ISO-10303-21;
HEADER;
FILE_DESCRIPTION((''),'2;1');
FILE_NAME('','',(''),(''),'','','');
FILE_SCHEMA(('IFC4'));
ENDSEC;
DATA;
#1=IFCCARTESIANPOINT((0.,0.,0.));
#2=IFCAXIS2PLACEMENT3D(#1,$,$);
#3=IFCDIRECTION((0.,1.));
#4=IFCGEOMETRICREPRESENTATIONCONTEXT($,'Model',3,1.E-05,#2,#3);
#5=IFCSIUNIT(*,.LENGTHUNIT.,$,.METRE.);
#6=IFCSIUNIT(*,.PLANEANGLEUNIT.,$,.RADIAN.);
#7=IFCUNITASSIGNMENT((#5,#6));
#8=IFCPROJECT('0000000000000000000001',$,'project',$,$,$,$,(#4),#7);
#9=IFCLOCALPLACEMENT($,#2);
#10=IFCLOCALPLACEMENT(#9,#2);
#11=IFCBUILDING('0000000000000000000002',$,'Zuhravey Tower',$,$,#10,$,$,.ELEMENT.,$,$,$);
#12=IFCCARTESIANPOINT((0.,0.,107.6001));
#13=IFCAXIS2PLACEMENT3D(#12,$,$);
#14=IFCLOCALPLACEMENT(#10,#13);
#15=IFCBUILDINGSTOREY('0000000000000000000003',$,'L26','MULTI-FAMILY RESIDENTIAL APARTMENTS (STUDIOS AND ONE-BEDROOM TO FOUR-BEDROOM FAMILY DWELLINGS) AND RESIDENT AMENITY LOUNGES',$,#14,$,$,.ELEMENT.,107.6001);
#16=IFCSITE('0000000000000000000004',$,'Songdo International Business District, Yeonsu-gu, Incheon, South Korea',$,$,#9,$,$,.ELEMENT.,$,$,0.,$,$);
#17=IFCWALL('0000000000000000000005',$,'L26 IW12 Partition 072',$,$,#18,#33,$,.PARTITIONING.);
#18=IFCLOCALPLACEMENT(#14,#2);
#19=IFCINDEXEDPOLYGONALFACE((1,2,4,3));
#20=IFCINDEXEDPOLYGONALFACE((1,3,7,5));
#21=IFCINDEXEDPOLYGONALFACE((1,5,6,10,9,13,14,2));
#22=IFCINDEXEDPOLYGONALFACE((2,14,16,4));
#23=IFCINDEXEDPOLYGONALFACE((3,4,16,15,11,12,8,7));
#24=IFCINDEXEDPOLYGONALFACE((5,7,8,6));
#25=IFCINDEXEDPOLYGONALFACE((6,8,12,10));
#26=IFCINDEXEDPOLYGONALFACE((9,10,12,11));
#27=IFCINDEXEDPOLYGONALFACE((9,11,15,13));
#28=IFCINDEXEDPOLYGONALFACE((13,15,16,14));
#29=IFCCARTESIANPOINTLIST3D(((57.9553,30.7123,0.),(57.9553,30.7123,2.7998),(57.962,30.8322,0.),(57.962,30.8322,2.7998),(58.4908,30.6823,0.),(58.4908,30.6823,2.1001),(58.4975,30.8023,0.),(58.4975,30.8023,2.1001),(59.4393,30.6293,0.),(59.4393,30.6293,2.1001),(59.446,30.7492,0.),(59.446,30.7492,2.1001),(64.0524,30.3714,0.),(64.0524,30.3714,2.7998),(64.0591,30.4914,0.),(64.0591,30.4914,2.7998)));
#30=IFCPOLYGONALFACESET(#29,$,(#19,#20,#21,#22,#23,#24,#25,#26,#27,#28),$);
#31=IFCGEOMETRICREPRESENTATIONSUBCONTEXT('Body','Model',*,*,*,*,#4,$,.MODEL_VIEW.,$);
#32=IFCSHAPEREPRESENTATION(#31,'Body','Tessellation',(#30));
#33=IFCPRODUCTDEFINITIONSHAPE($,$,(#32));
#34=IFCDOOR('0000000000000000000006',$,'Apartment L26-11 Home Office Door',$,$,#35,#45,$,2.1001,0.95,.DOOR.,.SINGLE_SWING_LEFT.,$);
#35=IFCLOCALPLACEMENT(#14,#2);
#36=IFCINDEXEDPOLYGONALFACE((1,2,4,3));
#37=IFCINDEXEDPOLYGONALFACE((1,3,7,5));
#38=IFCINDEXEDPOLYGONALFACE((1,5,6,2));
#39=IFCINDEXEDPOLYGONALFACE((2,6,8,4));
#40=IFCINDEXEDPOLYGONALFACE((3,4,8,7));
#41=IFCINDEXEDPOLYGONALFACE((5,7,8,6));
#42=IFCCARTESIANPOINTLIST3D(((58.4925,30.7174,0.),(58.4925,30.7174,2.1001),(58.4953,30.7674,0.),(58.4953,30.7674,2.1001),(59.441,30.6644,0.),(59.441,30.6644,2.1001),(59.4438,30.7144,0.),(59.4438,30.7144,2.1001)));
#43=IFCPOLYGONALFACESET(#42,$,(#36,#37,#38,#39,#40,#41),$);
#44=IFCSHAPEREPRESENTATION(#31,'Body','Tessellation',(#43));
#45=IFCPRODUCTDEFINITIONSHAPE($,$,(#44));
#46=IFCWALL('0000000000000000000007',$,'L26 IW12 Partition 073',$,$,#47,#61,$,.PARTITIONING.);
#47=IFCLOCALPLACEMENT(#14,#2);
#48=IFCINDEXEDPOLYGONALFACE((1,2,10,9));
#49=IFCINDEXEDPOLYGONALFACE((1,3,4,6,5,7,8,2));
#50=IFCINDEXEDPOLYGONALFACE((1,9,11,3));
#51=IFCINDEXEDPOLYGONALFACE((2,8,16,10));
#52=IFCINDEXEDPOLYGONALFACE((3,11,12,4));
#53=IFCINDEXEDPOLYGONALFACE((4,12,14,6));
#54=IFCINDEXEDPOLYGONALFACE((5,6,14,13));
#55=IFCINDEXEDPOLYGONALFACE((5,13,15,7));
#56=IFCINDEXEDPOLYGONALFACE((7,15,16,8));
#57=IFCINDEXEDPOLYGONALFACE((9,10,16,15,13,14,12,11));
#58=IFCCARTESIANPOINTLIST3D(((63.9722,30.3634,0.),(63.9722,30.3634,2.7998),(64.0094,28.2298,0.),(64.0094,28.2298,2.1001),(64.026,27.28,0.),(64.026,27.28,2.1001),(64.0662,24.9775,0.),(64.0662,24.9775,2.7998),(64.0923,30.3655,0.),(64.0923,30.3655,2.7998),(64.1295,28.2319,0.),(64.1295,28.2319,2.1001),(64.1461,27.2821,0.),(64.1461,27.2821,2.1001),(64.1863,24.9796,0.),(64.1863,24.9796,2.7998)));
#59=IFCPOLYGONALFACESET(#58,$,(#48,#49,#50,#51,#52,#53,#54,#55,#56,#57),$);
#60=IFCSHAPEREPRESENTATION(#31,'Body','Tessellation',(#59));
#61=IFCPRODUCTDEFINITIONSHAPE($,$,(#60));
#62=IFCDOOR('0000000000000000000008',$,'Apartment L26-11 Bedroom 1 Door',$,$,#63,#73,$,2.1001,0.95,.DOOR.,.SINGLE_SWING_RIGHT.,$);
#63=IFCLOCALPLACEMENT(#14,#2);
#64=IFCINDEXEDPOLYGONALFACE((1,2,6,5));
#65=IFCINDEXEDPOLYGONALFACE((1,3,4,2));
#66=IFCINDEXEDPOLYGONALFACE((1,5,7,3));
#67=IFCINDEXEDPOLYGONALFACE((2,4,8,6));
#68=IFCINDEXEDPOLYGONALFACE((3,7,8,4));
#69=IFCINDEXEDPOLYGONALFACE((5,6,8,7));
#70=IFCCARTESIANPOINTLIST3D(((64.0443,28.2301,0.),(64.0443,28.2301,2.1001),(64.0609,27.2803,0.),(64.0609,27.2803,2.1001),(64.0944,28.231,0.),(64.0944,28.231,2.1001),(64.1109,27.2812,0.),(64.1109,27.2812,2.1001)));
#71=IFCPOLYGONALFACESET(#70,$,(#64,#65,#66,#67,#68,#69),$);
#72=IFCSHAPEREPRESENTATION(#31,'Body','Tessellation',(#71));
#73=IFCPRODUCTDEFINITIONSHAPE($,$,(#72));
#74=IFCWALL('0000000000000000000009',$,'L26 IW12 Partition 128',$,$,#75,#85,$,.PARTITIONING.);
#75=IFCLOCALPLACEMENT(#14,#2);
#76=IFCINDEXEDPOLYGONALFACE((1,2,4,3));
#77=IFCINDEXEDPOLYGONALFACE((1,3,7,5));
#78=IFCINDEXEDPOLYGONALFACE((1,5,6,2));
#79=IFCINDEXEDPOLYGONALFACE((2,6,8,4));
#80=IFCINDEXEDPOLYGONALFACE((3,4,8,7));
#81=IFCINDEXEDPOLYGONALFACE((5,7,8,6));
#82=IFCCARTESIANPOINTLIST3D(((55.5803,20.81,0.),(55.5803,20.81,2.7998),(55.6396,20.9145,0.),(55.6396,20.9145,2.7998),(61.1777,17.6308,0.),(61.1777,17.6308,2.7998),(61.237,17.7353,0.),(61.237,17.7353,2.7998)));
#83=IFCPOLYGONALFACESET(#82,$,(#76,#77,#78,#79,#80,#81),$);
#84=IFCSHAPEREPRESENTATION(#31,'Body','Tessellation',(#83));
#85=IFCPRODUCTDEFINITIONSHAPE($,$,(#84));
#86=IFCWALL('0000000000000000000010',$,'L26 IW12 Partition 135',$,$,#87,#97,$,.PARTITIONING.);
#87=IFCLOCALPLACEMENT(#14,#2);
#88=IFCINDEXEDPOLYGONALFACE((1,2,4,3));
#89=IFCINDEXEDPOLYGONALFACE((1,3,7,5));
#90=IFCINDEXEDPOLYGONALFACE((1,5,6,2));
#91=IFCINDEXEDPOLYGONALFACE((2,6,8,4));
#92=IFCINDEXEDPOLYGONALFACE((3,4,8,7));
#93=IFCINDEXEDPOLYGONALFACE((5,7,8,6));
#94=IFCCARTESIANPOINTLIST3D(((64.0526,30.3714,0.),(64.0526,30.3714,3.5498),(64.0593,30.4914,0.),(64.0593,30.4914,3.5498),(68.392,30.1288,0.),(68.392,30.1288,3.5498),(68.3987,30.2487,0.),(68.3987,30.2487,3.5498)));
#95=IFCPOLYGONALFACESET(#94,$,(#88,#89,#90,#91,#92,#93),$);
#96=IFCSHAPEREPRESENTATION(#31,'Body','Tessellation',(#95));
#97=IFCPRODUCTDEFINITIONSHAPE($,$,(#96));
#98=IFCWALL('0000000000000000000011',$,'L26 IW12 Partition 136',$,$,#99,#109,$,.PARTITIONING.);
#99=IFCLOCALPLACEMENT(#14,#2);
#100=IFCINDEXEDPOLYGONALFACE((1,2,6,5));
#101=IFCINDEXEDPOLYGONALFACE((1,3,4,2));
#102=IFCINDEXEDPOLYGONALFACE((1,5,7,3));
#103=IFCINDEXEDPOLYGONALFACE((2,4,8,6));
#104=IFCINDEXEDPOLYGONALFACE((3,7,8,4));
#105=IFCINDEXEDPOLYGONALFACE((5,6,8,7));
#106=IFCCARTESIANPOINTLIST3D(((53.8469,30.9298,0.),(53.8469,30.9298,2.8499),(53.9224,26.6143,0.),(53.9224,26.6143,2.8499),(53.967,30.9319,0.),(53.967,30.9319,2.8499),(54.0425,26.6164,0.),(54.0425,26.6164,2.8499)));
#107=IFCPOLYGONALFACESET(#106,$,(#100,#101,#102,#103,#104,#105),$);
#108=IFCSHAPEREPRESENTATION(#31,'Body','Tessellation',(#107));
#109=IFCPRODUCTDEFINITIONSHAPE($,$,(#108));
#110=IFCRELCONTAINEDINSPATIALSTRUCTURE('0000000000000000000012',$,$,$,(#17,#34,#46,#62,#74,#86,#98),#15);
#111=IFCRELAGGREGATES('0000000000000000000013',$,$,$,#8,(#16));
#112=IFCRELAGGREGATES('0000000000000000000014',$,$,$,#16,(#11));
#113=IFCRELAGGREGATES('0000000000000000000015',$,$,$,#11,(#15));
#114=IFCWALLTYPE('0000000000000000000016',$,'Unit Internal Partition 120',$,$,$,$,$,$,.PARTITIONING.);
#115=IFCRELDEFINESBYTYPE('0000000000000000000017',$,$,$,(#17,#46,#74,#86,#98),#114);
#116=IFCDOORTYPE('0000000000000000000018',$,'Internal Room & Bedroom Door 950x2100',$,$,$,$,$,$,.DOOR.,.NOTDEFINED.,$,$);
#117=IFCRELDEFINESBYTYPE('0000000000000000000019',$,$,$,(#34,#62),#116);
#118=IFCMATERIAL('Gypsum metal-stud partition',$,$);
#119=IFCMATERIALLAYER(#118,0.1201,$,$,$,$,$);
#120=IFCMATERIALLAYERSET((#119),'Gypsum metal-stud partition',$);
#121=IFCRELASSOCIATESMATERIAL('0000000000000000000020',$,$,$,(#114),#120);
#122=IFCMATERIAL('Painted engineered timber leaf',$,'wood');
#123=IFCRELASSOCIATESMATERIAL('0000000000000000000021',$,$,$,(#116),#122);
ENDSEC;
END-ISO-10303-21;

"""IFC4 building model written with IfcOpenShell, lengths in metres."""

from ifc_helpers import new_model, si_unit, direction, frame, frame_2d, origin, place, context, subcontext, project, spatial, rectangle, extrude, material, layer, layer_set, type_object, element, fill, save


model = new_model("IFC4")

# Units and contexts
model_context = context("Model", 3, precision=1e-05, world=origin(), true_north=direction((0.0, 1.0)))
body_context = subcontext(model_context, "Body", "Model", "MODEL_VIEW")
ifc_project = project(units=[si_unit("LENGTHUNIT", "METRE"), si_unit("PLANEANGLEUNIT", "RADIAN")], contexts=[model_context])

# Site, building, storey
site_placement = place(None, origin())
site = spatial("IfcSite", under=ifc_project, at=site_placement, Name="Songdo International Business District, Yeonsu-gu, Incheon, South Korea", CompositionType="ELEMENT", RefElevation=0.0)
building_placement = place(site_placement, origin())
building = spatial("IfcBuilding", under=site, at=building_placement, Name="Zuhravey Tower", CompositionType="ELEMENT")
storey_placement = place(building_placement, frame((0.0, 0.0, 107.6001)))
storey = spatial("IfcBuildingStorey", under=building, at=storey_placement, Name="L26", Description="MULTI-FAMILY RESIDENTIAL APARTMENTS (STUDIOS AND ONE-BEDROOM TO FOUR-BEDROOM FAMILY DWELLINGS) AND RESIDENT AMENITY LOUNGES", CompositionType="ELEMENT", Elevation=107.6001)

# Shared definitions
ifc_material_1 = material(Name="Gypsum metal-stud partition")
ifc_layer_1 = layer(ifc_material_1, 0.1201)
ifc_layer_set_1 = layer_set([ifc_layer_1], Name="Gypsum metal-stud partition")
wall_type = type_object("IfcWallType", Name="Unit Internal Partition 120", PredefinedType="PARTITIONING", material=ifc_layer_set_1)

# Shared definitions
ifc_material_2 = material(Name="Painted engineered timber leaf", Category="wood")
door_type = type_object("IfcDoorType", Name="Internal Room & Bedroom Door 950x2100", OperationType="NOTDEFINED", PredefinedType="DOOR", material=ifc_material_2)

# Walls, openings, doors
wall_1_placement = place(storey_placement, frame((57.9587, 30.7722, 0.0), z_axis=(0.0, 0.0, 1.0), x_axis=(0.998441, -0.055811, 0.0)))
wall_1 = element("IfcWall", 1, at=wall_1_placement, inside=storey, type_object=wall_type, Name="L26 IW12 Partition 072", PredefinedType="PARTITIONING", context=body_context, shape_type="SweptSolid", body=[
    extrude(rectangle(XDim=6.1067, YDim=0.1201, at=frame_2d((3.0532, 0.0))), origin(), (0.0, 0.0, 1.0), 2.7998),
])
opening_1_placement = place(wall_1_placement, frame((0.5361, 0.0, 0.0)))
opening_1 = element("IfcOpeningElement", 2, at=opening_1_placement, cuts=wall_1, PredefinedType="OPENING", context=body_context, shape_type="SweptSolid", body=[
    extrude(rectangle(XDim=0.95, YDim=2.1001, at=frame_2d((0.4751, 1.05))), frame((0.0, 0.072, 0.0), z_axis=(0.0, -1.0, 0.0), x_axis=(1.0, 0.0, 0.0)), (0.0, 0.0, 1.0), 0.144),
])
door_1_placement = place(opening_1_placement, frame((0.95, 0.0, 0.0), z_axis=(0.0, 0.0, 1.0), x_axis=(-1.0, 0.0, 0.0)))
door_1 = element("IfcDoor", 3, at=door_1_placement, inside=storey, type_object=door_type, Name="Apartment L26-11 Home Office Door", OperationType="SINGLE_SWING_LEFT", OverallHeight=2.1001, OverallWidth=0.95, PredefinedType="DOOR", context=body_context, shape_type="SweptSolid", body=[
    extrude(rectangle(XDim=0.95, YDim=2.1001, at=frame_2d((0.4751, 1.05))), frame((0.0, 0.0249, 0.0), z_axis=(0.0, -1.0, 0.0), x_axis=(1.0, 0.0, 0.0)), (0.0, 0.0, 1.0), 0.05),
])
fill(opening_1, door_1)
wall_2_placement = place(storey_placement, frame((64.1262, 24.9785, 0.0), z_axis=(0.0, 0.0, 1.0), x_axis=(-0.017449, 0.999848, 0.0)))
wall_2 = element("IfcWall", 4, at=wall_2_placement, inside=storey, type_object=wall_type, Name="L26 IW12 Partition 073", PredefinedType="PARTITIONING", context=body_context, shape_type="SweptSolid", body=[
    extrude(rectangle(XDim=5.3867, YDim=0.1201, at=frame_2d((2.6934, 0.0))), origin(), (0.0, 0.0, 1.0), 2.7998),
])
opening_2_placement = place(wall_2_placement, frame((2.3027, 0.0, 0.0)))
opening_2 = element("IfcOpeningElement", 5, at=opening_2_placement, cuts=wall_2, PredefinedType="OPENING", context=body_context, shape_type="SweptSolid", body=[
    extrude(rectangle(XDim=0.95, YDim=2.1001, at=frame_2d((0.4751, 1.05))), frame((0.0, 0.072, 0.0), z_axis=(0.0, -1.0, 0.0), x_axis=(1.0, 0.0, 0.0)), (0.0, 0.0, 1.0), 0.144),
])
door_2_placement = place(opening_2_placement, frame((0.95, 0.0, 0.0), z_axis=(0.0, 0.0, 1.0), x_axis=(-1.0, 0.0, 0.0)))
door_2 = element("IfcDoor", 6, at=door_2_placement, inside=storey, type_object=door_type, Name="Apartment L26-11 Bedroom 1 Door", OperationType="SINGLE_SWING_RIGHT", OverallHeight=2.1001, OverallWidth=0.95, PredefinedType="DOOR", context=body_context, shape_type="SweptSolid", body=[
    extrude(rectangle(XDim=0.95, YDim=2.1001, at=frame_2d((0.4751, 1.05))), frame((0.0, 0.0249, 0.0), z_axis=(0.0, -1.0, 0.0), x_axis=(1.0, 0.0, 0.0)), (0.0, 0.0, 1.0), 0.05),
])
fill(opening_2, door_2)

# Walls
wall_3_placement = place(storey_placement, frame((55.6099, 20.8623, 0.0), z_axis=(0.0, 0.0, 1.0), x_axis=(0.869533, -0.493875, 0.0)))
element("IfcWall", 7, at=wall_3_placement, inside=storey, type_object=wall_type, Name="L26 IW12 Partition 128", PredefinedType="PARTITIONING", context=body_context, shape_type="SweptSolid", body=[
    extrude(rectangle(XDim=6.4373, YDim=0.1201, at=frame_2d((3.2188, 0.0))), origin(), (0.0, 0.0, 1.0), 2.7998),
])
wall_4_placement = place(storey_placement, frame((64.0559, 30.4314, 0.0), z_axis=(0.0, 0.0, 1.0), x_axis=(0.99844, -0.055837, 0.0)))
element("IfcWall", 8, at=wall_4_placement, inside=storey, type_object=wall_type, Name="L26 IW12 Partition 135", PredefinedType="PARTITIONING", context=body_context, shape_type="SweptSolid", body=[
    extrude(rectangle(XDim=4.3462, YDim=0.1201, at=frame_2d((2.1731, 0.0))), origin(), (0.0, 0.0, 1.0), 3.5498),
])
wall_5_placement = place(storey_placement, frame((53.9824, 26.6152, 0.0), z_axis=(0.0, 0.0, 1.0), x_axis=(-0.017479, 0.999847, 0.0)))
element("IfcWall", 9, at=wall_5_placement, inside=storey, type_object=wall_type, Name="L26 IW12 Partition 136", PredefinedType="PARTITIONING", context=body_context, shape_type="SweptSolid", body=[
    extrude(rectangle(XDim=4.3162, YDim=0.1201, at=frame_2d((2.1582, 0.0))), origin(), (0.0, 0.0, 1.0), 2.8499),
])

save(model, "model.ifc")
